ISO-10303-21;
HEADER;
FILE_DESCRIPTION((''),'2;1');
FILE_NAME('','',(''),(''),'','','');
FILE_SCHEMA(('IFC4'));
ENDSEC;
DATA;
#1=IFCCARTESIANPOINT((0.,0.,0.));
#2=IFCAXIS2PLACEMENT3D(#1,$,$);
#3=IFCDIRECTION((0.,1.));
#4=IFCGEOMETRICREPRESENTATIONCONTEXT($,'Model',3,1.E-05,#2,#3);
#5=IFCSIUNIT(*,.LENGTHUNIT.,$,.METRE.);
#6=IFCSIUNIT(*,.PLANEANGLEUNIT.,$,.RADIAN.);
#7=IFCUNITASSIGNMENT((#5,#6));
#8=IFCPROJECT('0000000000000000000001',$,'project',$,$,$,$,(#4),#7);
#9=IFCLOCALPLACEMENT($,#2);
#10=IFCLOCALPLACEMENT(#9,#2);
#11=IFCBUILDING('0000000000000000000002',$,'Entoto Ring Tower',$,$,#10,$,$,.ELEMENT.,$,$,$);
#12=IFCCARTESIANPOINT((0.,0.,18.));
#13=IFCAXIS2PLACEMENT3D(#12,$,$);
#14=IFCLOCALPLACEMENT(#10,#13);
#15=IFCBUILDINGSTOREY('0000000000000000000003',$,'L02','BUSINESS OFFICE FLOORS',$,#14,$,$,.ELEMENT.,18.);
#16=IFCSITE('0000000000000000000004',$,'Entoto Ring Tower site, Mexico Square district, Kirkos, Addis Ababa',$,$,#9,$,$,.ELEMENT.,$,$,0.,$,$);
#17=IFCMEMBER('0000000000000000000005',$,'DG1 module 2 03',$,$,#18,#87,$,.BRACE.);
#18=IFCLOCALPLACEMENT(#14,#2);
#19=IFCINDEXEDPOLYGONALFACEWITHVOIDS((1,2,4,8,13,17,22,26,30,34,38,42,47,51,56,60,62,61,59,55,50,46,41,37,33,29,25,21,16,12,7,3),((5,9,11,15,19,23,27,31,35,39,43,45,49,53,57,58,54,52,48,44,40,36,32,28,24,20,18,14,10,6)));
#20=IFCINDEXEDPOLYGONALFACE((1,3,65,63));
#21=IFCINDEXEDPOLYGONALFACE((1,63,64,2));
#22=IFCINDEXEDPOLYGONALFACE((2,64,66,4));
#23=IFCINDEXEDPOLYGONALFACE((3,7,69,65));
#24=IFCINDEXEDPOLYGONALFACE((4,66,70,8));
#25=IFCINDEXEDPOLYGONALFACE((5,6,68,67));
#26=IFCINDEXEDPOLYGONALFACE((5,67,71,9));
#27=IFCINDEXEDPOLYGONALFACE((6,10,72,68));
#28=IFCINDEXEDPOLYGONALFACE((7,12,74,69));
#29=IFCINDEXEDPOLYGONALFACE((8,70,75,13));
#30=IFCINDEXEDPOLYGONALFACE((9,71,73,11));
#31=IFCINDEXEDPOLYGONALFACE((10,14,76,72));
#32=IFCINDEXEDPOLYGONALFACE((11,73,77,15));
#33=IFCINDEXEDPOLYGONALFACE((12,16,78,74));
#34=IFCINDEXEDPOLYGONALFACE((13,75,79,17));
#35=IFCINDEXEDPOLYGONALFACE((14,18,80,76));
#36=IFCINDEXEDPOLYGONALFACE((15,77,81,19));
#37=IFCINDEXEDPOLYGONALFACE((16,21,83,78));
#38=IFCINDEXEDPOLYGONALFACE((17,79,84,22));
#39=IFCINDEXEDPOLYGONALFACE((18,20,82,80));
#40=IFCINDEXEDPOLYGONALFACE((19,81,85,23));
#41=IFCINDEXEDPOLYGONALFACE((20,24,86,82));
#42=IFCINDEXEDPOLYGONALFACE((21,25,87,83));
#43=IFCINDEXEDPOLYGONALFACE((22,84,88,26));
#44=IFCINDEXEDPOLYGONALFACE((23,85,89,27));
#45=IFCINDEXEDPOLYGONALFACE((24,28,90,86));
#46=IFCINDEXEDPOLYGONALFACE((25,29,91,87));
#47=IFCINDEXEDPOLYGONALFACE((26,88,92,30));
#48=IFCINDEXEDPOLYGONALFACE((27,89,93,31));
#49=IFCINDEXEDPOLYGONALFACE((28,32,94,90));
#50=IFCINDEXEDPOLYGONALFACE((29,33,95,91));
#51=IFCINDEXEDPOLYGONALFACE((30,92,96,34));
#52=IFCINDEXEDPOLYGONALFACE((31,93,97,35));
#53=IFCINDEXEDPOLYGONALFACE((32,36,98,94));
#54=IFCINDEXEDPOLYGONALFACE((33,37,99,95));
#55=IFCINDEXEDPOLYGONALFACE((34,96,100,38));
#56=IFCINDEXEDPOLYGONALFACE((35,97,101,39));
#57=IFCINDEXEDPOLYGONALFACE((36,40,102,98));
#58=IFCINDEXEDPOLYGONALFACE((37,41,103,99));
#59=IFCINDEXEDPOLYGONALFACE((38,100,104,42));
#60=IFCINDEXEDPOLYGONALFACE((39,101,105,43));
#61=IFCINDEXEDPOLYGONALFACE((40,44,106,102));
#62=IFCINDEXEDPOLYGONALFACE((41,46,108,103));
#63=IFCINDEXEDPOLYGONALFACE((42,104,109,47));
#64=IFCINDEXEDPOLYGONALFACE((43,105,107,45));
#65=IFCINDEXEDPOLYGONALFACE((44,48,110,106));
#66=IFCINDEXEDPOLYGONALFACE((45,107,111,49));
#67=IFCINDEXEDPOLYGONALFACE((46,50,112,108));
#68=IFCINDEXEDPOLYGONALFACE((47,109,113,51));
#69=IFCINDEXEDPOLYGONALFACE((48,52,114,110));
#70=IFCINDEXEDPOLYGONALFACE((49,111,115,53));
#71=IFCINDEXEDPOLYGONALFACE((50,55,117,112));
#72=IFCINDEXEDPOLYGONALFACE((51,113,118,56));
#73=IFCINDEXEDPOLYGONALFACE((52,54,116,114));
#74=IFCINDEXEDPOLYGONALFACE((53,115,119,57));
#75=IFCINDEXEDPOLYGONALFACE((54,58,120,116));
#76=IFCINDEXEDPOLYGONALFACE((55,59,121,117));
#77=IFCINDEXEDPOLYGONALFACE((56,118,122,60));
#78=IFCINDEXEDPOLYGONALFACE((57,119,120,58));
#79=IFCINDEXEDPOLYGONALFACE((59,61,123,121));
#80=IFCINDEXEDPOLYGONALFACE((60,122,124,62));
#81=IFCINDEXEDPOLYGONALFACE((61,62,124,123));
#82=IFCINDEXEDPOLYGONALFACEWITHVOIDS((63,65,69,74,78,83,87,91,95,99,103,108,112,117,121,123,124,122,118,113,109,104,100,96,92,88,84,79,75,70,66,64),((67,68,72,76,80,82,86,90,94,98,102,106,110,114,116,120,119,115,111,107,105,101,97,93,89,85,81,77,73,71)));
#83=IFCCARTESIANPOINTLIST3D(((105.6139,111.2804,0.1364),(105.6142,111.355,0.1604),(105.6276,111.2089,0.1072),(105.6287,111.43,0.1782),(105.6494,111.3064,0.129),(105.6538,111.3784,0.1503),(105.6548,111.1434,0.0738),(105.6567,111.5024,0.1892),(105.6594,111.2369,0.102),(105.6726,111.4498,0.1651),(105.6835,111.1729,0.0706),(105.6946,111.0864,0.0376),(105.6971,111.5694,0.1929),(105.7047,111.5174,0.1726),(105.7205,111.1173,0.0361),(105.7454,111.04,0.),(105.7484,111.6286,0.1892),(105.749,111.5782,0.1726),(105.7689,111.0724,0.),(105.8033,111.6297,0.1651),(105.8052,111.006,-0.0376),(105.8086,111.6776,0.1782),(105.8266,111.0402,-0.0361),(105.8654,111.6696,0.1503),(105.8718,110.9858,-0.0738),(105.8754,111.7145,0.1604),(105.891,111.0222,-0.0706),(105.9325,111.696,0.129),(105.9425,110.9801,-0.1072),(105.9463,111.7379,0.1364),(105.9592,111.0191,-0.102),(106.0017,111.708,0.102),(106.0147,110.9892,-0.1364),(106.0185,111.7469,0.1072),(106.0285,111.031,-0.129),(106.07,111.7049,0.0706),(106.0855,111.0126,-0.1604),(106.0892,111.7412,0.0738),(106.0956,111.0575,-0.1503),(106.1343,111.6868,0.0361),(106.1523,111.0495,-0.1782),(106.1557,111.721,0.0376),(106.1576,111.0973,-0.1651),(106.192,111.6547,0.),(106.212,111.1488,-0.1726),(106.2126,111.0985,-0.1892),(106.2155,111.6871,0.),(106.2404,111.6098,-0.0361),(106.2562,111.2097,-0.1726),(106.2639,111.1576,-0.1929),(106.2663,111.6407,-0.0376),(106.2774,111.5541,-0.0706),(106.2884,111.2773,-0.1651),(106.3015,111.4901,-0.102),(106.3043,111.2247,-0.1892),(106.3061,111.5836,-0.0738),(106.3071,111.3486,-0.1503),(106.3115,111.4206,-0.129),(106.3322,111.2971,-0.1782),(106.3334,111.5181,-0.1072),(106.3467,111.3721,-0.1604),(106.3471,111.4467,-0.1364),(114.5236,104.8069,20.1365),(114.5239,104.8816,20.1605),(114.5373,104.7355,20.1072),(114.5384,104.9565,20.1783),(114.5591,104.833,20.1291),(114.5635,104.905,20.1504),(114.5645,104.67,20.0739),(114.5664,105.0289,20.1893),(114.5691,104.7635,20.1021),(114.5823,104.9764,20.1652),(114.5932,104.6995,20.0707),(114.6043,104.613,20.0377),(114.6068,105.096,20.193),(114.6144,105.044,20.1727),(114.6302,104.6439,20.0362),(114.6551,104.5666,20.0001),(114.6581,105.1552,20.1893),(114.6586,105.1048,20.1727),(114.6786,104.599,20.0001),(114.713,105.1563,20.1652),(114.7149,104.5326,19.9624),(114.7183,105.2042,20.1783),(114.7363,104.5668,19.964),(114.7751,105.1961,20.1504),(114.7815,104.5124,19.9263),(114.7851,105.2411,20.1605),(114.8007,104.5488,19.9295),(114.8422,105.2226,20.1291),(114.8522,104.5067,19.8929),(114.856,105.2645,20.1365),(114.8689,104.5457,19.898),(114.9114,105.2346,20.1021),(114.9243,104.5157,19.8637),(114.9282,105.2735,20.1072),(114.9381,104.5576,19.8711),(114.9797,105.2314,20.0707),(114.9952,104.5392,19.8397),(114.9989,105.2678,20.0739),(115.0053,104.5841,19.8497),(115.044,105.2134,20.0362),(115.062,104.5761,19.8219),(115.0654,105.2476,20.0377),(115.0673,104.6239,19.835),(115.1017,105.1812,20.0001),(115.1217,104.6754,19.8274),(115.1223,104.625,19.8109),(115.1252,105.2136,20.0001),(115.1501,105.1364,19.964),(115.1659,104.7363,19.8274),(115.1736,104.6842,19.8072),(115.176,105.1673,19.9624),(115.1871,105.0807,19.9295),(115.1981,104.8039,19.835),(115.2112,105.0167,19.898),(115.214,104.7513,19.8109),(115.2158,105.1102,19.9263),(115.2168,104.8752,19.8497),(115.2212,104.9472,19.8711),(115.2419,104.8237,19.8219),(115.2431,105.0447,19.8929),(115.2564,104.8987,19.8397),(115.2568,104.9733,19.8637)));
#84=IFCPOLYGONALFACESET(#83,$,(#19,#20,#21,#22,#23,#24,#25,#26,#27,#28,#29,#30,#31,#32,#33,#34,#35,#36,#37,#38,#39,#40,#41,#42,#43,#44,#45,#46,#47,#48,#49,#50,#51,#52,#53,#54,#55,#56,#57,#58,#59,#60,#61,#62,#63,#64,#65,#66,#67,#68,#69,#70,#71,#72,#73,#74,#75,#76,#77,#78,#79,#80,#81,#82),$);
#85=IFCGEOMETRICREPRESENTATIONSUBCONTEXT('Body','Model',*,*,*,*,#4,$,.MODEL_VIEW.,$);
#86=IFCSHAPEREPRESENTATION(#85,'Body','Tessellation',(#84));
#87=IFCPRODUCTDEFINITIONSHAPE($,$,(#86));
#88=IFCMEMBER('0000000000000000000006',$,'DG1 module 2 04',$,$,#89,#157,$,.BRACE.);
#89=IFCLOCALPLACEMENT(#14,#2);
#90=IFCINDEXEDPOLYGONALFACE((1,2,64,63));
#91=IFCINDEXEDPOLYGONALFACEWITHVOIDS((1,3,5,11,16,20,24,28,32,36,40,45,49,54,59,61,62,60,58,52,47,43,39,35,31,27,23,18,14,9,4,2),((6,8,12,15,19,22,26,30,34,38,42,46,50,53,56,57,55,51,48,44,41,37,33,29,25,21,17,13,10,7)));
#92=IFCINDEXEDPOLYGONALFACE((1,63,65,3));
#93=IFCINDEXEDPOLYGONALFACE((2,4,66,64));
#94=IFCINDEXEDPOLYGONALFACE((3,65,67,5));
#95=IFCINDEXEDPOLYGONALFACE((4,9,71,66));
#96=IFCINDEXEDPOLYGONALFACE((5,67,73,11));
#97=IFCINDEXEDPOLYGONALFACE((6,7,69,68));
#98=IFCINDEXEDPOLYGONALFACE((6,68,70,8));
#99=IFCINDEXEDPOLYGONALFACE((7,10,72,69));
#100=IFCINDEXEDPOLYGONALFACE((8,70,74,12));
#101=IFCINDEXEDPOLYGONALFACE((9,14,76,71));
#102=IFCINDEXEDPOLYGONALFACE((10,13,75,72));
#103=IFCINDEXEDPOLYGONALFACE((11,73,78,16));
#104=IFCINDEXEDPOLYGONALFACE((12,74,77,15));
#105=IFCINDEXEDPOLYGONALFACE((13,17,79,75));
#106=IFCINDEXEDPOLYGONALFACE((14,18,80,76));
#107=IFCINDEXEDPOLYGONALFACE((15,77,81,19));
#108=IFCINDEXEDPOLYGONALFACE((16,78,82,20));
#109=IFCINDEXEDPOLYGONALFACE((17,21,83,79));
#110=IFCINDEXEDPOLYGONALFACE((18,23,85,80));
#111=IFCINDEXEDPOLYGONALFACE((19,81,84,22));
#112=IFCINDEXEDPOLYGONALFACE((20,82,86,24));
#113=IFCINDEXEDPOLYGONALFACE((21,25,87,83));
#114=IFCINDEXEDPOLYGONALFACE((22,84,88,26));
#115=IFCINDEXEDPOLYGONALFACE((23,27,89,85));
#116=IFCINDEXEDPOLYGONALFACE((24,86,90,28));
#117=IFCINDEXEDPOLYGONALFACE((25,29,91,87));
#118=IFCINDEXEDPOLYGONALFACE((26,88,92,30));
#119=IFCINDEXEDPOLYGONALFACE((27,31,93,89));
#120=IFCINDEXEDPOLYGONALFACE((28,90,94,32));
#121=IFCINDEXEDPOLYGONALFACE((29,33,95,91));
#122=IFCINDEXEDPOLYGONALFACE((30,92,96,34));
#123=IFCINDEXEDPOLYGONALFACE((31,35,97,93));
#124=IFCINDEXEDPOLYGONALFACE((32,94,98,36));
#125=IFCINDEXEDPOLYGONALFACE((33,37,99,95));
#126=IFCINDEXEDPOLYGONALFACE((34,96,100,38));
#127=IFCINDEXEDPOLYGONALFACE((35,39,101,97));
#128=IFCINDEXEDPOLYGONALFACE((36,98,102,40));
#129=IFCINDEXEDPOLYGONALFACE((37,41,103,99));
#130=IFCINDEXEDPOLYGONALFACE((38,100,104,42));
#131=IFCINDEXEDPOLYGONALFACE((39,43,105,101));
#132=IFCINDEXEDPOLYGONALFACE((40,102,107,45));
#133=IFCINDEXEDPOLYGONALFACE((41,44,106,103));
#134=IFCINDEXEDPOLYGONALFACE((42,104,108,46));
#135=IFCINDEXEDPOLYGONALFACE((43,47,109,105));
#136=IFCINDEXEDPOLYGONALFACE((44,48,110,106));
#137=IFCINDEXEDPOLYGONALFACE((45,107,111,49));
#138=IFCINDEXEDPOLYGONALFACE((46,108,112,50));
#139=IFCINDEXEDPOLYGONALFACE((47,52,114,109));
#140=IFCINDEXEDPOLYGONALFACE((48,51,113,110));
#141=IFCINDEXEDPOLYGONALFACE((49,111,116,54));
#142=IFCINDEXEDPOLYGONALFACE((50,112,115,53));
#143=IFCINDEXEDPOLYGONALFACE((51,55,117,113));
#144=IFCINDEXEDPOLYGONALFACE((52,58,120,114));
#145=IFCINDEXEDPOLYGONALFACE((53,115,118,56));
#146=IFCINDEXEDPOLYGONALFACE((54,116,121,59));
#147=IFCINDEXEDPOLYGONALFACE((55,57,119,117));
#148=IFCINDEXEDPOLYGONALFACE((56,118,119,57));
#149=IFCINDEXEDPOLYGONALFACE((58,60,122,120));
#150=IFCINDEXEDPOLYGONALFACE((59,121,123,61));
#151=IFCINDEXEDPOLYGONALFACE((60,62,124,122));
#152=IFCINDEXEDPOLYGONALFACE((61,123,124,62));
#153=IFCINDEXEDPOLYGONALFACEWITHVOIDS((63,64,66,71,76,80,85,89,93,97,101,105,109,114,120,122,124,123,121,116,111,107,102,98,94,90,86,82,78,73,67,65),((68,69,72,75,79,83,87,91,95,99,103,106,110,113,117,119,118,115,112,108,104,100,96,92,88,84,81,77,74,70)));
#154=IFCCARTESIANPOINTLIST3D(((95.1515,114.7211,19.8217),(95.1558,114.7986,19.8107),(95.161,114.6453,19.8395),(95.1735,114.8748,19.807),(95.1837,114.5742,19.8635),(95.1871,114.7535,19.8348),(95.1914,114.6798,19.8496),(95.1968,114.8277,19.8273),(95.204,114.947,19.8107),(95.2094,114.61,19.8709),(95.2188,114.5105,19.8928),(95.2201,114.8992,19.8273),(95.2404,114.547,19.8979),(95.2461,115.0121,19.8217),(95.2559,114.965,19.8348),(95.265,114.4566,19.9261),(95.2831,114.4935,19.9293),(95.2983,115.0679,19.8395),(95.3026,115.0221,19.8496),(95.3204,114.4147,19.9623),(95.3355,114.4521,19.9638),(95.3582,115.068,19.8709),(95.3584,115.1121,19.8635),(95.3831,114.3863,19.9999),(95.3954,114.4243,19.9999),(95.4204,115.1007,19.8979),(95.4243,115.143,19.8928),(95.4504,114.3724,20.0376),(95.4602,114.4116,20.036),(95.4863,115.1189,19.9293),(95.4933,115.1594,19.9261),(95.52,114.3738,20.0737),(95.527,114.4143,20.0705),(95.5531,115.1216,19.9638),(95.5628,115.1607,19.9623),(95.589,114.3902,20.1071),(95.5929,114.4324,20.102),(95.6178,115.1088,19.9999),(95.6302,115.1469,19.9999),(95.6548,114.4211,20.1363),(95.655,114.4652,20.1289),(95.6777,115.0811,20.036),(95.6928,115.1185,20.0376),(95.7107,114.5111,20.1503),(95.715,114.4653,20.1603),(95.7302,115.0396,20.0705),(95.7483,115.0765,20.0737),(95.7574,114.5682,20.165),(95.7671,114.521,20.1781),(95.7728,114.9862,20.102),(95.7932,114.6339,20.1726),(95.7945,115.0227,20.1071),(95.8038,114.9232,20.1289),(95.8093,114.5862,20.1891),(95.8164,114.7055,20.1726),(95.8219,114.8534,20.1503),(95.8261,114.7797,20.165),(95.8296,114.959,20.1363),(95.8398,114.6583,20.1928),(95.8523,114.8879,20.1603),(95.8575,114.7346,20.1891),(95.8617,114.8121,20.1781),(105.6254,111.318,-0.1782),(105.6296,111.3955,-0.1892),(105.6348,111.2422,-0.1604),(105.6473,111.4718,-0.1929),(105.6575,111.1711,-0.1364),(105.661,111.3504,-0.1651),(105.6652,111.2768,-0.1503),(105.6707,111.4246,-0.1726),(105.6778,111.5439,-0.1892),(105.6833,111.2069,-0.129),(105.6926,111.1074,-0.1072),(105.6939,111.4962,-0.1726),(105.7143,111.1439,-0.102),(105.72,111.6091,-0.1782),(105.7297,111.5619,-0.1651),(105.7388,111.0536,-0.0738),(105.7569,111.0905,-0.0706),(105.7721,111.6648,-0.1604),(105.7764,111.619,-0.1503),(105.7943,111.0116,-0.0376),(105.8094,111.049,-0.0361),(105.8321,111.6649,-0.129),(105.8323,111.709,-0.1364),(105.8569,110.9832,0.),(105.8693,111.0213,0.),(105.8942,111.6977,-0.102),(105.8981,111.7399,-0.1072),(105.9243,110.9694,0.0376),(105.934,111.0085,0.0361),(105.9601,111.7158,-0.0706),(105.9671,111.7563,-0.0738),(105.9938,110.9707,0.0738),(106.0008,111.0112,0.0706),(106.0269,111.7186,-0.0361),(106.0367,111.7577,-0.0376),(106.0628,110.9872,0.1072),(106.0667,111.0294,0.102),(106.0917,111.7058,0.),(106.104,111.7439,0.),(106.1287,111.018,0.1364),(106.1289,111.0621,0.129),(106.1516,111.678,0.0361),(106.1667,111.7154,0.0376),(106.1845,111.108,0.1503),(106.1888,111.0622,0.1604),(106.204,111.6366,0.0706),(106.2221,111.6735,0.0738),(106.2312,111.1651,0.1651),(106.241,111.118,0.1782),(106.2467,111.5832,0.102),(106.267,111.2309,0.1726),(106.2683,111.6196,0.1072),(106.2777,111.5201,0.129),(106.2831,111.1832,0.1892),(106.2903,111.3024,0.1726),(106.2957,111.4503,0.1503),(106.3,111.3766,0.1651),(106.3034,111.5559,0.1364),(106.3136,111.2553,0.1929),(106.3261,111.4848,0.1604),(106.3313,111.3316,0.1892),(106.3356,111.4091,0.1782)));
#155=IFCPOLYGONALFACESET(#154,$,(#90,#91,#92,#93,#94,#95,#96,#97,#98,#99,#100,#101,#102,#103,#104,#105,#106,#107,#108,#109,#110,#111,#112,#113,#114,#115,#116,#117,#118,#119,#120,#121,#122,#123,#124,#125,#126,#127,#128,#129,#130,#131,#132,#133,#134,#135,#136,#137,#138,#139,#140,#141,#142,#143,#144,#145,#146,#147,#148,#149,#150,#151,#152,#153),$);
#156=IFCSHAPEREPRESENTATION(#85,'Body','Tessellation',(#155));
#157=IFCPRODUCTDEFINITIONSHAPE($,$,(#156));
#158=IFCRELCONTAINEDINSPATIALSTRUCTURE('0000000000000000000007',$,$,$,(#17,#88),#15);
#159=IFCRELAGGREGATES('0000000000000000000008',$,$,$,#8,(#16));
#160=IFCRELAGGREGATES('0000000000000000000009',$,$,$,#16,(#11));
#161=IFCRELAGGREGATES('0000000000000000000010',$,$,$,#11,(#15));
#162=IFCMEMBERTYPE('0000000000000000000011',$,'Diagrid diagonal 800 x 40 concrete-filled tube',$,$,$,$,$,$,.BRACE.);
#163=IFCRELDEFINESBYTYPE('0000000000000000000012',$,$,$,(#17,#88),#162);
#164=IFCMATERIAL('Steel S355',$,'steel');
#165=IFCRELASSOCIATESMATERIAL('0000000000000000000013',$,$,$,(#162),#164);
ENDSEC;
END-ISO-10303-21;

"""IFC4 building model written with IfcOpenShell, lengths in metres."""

from ifc_helpers import new_model, si_unit, direction, frame, origin, origin_2d, place, context, subcontext, project, spatial, circle, hollow_circle, extrude, material, material_profile, profile_set, type_object, element, save


model = new_model("IFC4")

# Units and contexts
model_context = context("Model", 3, precision=1e-05, world=origin(), true_north=direction((0.0, 1.0)))
body_context = subcontext(model_context, "Body", "Model", "MODEL_VIEW")
ifc_project = project(units=[si_unit("LENGTHUNIT", "METRE"), si_unit("PLANEANGLEUNIT", "RADIAN")], contexts=[model_context])

# Site, building, storey
site_placement = place(None, origin())
site = spatial("IfcSite", under=ifc_project, at=site_placement, Name="Entoto Ring Tower site, Mexico Square district, Kirkos, Addis Ababa", CompositionType="ELEMENT", RefElevation=0.0)
building_placement = place(site_placement, origin())
building = spatial("IfcBuilding", under=site, at=building_placement, Name="Entoto Ring Tower", CompositionType="ELEMENT")
storey_placement = place(building_placement, frame((0.0, 0.0, 18.0)))
storey = spatial("IfcBuildingStorey", under=building, at=storey_placement, Name="L02", Description="BUSINESS OFFICE FLOORS", CompositionType="ELEMENT", Elevation=18.0)

# Members
ifc_material_1 = material(Name="Steel S355", Category="steel")
ifc_material_profile_1 = material_profile(ifc_material_1, hollow_circle(Radius=0.3999, WallThickness=0.04, at=origin_2d()), Name="CHS 800 x 40")
ifc_material_2 = material(Name="Concrete C60/75", Category="concrete")
ifc_material_profile_2 = material_profile(ifc_material_2, circle(Radius=0.3601, at=origin_2d()), Name="Concrete C60/75 infill")
ifc_profile_set_1 = profile_set([ifc_material_profile_1, ifc_material_profile_2], Name="Steel S355")
member_type_1 = type_object("IfcMemberType", Name="Diagrid diagonal 800 x 40 concrete-filled tube", PredefinedType="BRACE", material=ifc_profile_set_1)
for number, where, z_axis, x_axis, name in (
    (1, (105.9805, 111.3635, 0.0), (0.390232, -0.283526, 0.875975), (0.587793, 0.809011, 0.0), "DG1 module 2 03"),
):
    element("IfcMember", number, at=place(storey_placement, frame(where, z_axis=z_axis, x_axis=x_axis)), inside=storey, type_object=member_type_1, Name=name, PredefinedType="BRACE", context=body_context, shape_type="SweptSolid", body=[
        extrude(hollow_circle(Radius=0.3999, WallThickness=0.04, at=origin_2d()), origin(), (0.0, 0.0, 1.0), 22.8318),
    ])
member_1_placement = place(storey_placement, frame((105.9805, 111.3635, 0.0), z_axis=(-0.458744, 0.149051, 0.875978), x_axis=(-0.309009, -0.951059, 0.0)))
element("IfcMember", 2, at=member_1_placement, inside=storey, type_object=member_type_1, Name="DG1 module 2 04", PredefinedType="BRACE", context=body_context, shape_type="SweptSolid", body=[
    extrude(hollow_circle(Radius=0.3999, WallThickness=0.04, at=origin_2d()), origin(), (0.0, 0.0, 1.0), 22.8315),
])

save(model, "model.ifc")
